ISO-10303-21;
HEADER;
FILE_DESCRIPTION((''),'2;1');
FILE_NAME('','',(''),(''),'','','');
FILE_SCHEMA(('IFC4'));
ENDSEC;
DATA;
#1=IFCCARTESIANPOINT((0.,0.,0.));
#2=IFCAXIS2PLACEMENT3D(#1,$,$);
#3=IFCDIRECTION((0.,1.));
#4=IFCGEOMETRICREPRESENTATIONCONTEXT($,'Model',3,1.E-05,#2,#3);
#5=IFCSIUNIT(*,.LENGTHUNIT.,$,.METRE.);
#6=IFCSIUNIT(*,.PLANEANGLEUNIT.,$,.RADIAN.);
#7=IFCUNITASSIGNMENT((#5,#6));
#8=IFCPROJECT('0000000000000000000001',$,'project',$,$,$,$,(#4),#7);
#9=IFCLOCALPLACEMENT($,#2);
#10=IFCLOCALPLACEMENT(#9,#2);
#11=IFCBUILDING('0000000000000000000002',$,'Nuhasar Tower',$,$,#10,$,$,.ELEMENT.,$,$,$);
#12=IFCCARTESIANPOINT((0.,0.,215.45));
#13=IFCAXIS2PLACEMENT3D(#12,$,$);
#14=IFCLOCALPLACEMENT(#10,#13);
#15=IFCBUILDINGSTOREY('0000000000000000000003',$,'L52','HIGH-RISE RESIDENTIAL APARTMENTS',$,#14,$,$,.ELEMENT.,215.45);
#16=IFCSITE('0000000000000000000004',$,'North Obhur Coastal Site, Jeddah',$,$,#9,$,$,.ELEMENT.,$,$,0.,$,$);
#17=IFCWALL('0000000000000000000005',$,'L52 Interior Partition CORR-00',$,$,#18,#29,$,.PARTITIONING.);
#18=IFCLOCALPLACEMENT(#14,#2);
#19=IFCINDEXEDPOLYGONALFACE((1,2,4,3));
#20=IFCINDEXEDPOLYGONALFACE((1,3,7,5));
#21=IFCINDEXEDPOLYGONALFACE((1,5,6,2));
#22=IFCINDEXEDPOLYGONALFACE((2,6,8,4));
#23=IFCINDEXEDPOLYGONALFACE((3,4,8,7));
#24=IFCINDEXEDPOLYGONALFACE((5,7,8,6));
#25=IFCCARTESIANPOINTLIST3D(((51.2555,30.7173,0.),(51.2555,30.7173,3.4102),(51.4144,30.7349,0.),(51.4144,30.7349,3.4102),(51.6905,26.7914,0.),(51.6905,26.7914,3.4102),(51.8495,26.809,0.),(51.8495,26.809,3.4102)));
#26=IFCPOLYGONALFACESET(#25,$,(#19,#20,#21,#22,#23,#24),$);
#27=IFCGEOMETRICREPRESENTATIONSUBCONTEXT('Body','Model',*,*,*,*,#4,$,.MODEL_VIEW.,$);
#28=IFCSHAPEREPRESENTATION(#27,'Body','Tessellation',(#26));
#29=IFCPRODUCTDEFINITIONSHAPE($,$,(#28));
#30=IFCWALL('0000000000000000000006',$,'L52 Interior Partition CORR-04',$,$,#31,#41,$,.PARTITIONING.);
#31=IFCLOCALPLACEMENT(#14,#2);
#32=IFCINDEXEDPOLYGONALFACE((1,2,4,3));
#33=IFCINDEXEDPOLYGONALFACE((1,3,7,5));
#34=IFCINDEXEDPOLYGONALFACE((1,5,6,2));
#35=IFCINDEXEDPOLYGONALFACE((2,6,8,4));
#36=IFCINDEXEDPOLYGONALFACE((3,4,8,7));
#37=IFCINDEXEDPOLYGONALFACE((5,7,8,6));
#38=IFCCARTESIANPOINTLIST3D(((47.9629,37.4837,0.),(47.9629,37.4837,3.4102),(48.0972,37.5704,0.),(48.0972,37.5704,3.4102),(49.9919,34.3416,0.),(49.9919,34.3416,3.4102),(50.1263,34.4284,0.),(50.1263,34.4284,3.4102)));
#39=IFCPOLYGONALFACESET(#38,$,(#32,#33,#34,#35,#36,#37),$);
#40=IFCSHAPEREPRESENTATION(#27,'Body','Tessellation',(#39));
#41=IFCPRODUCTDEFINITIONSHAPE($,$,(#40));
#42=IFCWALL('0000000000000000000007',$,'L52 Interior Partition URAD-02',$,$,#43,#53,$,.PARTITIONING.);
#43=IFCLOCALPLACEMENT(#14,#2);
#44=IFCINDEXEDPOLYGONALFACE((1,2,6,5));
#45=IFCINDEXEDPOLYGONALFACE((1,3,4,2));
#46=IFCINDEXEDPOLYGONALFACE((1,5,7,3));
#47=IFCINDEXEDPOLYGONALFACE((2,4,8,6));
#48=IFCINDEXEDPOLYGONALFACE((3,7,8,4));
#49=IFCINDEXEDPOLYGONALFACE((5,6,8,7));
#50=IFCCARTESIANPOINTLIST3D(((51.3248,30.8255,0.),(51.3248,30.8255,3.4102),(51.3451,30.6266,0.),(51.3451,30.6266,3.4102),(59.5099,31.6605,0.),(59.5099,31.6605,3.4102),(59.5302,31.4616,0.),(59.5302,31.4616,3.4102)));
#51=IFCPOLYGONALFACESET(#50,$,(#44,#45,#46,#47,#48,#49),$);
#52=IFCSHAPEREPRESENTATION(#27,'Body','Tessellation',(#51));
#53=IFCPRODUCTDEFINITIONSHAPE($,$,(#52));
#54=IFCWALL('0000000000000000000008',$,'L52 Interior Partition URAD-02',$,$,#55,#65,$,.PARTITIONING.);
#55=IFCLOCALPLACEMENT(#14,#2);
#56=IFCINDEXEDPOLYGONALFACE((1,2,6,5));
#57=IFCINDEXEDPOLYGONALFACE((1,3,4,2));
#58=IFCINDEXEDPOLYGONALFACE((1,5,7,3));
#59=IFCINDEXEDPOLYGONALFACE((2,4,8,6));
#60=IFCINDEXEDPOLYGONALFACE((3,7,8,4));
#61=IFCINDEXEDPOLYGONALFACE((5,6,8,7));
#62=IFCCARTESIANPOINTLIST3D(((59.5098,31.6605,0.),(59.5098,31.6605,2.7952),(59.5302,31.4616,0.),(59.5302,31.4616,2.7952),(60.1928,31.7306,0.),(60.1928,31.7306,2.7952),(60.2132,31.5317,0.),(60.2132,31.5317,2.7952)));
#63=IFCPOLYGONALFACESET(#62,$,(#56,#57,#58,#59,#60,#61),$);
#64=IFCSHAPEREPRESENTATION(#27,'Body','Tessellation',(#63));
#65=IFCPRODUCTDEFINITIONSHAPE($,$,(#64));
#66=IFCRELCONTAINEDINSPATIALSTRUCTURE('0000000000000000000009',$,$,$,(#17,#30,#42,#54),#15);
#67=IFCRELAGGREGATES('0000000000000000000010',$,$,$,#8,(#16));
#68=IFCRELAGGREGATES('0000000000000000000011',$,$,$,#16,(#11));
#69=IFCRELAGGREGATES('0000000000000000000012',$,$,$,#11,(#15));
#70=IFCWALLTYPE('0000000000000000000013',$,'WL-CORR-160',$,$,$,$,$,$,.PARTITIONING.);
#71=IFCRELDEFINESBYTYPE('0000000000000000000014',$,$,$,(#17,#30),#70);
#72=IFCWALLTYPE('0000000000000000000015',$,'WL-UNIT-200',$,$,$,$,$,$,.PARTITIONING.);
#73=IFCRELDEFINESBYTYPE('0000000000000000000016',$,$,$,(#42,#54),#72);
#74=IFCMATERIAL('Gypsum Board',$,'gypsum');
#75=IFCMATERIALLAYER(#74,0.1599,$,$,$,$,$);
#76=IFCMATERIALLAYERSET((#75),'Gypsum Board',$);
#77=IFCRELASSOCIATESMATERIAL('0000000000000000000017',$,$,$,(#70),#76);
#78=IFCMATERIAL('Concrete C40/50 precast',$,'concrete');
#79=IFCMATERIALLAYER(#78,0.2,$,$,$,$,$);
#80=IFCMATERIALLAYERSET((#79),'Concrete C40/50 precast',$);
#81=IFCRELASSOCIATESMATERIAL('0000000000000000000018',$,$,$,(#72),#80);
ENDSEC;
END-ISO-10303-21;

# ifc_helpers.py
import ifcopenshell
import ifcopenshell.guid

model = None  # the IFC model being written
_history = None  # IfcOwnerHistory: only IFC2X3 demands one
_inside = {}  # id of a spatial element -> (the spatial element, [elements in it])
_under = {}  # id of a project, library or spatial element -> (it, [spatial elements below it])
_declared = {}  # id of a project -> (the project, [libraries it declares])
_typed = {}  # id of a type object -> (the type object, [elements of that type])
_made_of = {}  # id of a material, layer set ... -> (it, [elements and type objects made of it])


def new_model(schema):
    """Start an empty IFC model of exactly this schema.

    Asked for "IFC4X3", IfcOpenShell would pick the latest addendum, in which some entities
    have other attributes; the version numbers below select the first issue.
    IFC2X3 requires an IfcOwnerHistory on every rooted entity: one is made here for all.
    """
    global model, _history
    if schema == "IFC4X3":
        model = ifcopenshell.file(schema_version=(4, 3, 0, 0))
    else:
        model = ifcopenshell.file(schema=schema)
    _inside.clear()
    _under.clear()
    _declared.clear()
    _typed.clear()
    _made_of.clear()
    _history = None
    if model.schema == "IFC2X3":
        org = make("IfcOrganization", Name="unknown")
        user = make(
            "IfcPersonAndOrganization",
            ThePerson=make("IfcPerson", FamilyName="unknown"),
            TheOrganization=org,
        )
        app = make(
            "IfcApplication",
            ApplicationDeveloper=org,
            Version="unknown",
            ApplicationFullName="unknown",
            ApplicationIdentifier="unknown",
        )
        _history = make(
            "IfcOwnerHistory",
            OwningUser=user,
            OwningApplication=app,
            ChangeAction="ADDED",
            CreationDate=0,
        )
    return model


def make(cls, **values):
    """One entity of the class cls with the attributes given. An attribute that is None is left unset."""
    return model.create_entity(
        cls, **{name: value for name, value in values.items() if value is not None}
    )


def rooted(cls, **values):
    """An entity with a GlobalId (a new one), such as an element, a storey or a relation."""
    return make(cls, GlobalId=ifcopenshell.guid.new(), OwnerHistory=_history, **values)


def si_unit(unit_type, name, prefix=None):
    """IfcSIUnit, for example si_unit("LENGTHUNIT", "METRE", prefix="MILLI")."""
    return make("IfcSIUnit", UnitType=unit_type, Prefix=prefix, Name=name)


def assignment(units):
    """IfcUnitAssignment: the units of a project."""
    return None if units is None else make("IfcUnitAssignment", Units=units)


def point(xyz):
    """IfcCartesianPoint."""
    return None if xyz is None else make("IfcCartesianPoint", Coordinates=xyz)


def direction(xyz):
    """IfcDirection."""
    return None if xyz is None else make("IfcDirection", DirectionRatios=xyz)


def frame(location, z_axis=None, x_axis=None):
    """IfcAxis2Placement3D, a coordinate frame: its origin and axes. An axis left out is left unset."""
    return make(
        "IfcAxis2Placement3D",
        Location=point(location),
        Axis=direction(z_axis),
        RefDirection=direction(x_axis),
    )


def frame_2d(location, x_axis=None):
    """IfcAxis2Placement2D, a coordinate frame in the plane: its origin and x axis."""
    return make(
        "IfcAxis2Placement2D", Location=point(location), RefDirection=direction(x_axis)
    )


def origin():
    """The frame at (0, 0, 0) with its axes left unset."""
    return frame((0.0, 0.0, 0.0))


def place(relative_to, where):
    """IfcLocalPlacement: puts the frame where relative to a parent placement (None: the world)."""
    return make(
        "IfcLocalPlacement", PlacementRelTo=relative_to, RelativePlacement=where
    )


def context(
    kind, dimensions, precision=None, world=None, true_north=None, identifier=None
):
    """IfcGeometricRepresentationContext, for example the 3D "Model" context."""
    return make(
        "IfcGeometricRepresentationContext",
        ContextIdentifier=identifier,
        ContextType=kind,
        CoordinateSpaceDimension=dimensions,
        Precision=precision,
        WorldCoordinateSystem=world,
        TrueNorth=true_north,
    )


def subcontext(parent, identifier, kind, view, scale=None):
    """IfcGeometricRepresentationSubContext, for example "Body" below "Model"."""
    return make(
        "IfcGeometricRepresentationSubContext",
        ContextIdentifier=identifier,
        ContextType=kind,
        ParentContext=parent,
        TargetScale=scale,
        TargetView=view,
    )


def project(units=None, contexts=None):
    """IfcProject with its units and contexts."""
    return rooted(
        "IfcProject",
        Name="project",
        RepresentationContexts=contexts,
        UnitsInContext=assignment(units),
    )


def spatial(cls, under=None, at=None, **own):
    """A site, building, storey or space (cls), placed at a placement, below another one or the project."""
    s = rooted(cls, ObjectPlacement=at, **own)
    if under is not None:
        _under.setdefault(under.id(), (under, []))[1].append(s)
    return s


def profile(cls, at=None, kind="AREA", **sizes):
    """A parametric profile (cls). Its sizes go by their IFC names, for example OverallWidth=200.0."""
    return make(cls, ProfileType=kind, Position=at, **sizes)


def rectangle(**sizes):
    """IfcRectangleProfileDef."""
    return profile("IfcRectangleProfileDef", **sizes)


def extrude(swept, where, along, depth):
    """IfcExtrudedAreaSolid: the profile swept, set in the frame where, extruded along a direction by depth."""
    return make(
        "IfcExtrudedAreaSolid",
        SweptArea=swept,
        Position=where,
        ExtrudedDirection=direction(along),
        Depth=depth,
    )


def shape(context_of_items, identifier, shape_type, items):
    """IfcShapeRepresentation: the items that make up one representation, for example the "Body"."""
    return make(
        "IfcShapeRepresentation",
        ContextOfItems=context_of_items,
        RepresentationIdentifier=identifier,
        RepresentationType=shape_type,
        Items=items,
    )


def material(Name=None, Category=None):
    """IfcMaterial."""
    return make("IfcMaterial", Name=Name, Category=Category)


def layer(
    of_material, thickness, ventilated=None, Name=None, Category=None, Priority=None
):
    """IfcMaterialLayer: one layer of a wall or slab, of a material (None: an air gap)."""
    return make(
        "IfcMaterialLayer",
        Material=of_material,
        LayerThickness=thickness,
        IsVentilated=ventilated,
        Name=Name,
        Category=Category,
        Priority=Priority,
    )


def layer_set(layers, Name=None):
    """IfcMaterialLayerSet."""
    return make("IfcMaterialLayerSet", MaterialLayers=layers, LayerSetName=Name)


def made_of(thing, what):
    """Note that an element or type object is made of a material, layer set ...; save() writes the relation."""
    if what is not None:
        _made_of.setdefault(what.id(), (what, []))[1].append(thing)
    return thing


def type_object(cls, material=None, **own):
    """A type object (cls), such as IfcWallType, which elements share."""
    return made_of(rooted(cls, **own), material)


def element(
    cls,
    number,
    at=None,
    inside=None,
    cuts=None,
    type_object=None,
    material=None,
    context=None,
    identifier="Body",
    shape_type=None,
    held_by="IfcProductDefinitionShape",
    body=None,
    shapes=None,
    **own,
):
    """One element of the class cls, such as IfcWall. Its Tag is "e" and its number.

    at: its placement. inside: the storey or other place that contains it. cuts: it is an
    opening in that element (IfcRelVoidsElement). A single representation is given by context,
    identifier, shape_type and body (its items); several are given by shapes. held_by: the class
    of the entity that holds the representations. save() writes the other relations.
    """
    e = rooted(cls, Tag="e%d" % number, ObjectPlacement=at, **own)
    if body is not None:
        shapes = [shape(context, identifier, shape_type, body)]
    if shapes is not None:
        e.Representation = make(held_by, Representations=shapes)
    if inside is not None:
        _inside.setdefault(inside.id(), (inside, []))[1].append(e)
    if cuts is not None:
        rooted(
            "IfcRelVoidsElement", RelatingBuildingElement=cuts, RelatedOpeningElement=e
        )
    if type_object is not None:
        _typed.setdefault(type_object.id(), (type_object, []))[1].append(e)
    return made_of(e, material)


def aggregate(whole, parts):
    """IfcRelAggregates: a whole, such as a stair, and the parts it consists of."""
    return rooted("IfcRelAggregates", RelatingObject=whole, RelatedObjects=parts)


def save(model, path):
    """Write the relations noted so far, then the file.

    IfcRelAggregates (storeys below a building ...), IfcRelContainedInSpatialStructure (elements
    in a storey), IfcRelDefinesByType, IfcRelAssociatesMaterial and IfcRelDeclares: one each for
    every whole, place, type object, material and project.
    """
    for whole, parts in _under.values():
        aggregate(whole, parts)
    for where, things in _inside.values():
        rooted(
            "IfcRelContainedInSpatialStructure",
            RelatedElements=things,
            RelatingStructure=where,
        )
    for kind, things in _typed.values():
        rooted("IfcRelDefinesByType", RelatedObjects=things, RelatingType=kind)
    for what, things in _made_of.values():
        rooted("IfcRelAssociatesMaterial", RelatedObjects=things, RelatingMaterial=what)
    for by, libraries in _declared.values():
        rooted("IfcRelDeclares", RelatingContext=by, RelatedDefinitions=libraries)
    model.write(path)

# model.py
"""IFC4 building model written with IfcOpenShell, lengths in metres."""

from ifc_helpers import new_model, si_unit, direction, frame, frame_2d, origin, place, context, subcontext, project, spatial, rectangle, extrude, material, layer, layer_set, type_object, element, save


model = new_model("IFC4")

# Units and contexts
model_context = context("Model", 3, precision=1e-05, world=origin(), true_north=direction((0.0, 1.0)))
body_context = subcontext(model_context, "Body", "Model", "MODEL_VIEW")
ifc_project = project(units=[si_unit("LENGTHUNIT", "METRE"), si_unit("PLANEANGLEUNIT", "RADIAN")], contexts=[model_context])

# Site, building, storey
site_placement = place(None, origin())
site = spatial("IfcSite", under=ifc_project, at=site_placement, Name="North Obhur Coastal Site, Jeddah", CompositionType="ELEMENT", RefElevation=0.0)
building_placement = place(site_placement, origin())
building = spatial("IfcBuilding", under=site, at=building_placement, Name="Nuhasar Tower", CompositionType="ELEMENT")
storey_placement = place(building_placement, frame((0.0, 0.0, 215.45)))
storey = spatial("IfcBuildingStorey", under=building, at=storey_placement, Name="L52", Description="HIGH-RISE RESIDENTIAL APARTMENTS", CompositionType="ELEMENT", Elevation=215.45)

# Wall
ifc_material_1 = material(Name="Gypsum Board", Category="gypsum")
ifc_layer_1 = layer(ifc_material_1, 0.1599)
ifc_layer_set_1 = layer_set([ifc_layer_1], Name="Gypsum Board")
wall_type_1 = type_object("IfcWallType", Name="WL-CORR-160", PredefinedType="PARTITIONING", material=ifc_layer_set_1)
wall_1_placement = place(storey_placement, frame((51.77, 26.8, 0.0), z_axis=(0.0, 0.0, 1.0), x_axis=(-0.11014, 0.993916, 0.0)))
element("IfcWall", 1, at=wall_1_placement, inside=storey, type_object=wall_type_1, Name="L52 Interior Partition CORR-00", PredefinedType="PARTITIONING", context=body_context, shape_type="SweptSolid", body=[
    extrude(rectangle(XDim=3.95, YDim=0.1599, at=frame_2d((1.9751, 0.0))), origin(), (0.0, 0.0, 1.0), 3.4102),
])

# Walls
wall_2_placement = place(storey_placement, frame((50.0591, 34.385, 0.0), z_axis=(0.0, 0.0, 1.0), x_axis=(-0.542485, 0.840065, 0.0)))
element("IfcWall", 2, at=wall_2_placement, inside=storey, type_object=wall_type_1, Name="L52 Interior Partition CORR-04", PredefinedType="PARTITIONING", context=body_context, shape_type="SweptSolid", body=[
    extrude(rectangle(XDim=3.7402, YDim=0.1599, at=frame_2d((1.8701, 0.0))), origin(), (0.0, 0.0, 1.0), 3.4102),
])
ifc_material_2 = material(Name="Concrete C40/50 precast", Category="concrete")
ifc_layer_2 = layer(ifc_material_2, 0.2)
ifc_layer_set_2 = layer_set([ifc_layer_2], Name="Concrete C40/50 precast")
wall_type_2 = type_object("IfcWallType", Name="WL-UNIT-200", PredefinedType="PARTITIONING", material=ifc_layer_set_2)
wall_3_placement = place(storey_placement, frame((51.335, 30.7261, 0.0), z_axis=(0.0, 0.0, 1.0), x_axis=(0.994837, 0.101484, 0.0)))
element("IfcWall", 3, at=wall_3_placement, inside=storey, type_object=wall_type_2, Name="L52 Interior Partition URAD-02", PredefinedType="PARTITIONING", context=body_context, shape_type="SweptSolid", body=[
    extrude(rectangle(XDim=8.2275, YDim=0.2, at=frame_2d((4.1138, 0.0))), origin(), (0.0, 0.0, 1.0), 3.4102),
])
wall_4_placement = place(storey_placement, frame((59.52, 31.561, 0.0), z_axis=(0.0, 0.0, 1.0), x_axis=(0.994777, 0.102074, 0.0)))
element("IfcWall", 4, at=wall_4_placement, inside=storey, type_object=wall_type_2, Name="L52 Interior Partition URAD-02", PredefinedType="PARTITIONING", context=body_context, shape_type="SweptSolid", body=[
    extrude(rectangle(XDim=0.6865, YDim=0.2, at=frame_2d((0.3433, 0.0))), origin(), (0.0, 0.0, 1.0), 2.7952),
])

save(model, "model.ifc")
